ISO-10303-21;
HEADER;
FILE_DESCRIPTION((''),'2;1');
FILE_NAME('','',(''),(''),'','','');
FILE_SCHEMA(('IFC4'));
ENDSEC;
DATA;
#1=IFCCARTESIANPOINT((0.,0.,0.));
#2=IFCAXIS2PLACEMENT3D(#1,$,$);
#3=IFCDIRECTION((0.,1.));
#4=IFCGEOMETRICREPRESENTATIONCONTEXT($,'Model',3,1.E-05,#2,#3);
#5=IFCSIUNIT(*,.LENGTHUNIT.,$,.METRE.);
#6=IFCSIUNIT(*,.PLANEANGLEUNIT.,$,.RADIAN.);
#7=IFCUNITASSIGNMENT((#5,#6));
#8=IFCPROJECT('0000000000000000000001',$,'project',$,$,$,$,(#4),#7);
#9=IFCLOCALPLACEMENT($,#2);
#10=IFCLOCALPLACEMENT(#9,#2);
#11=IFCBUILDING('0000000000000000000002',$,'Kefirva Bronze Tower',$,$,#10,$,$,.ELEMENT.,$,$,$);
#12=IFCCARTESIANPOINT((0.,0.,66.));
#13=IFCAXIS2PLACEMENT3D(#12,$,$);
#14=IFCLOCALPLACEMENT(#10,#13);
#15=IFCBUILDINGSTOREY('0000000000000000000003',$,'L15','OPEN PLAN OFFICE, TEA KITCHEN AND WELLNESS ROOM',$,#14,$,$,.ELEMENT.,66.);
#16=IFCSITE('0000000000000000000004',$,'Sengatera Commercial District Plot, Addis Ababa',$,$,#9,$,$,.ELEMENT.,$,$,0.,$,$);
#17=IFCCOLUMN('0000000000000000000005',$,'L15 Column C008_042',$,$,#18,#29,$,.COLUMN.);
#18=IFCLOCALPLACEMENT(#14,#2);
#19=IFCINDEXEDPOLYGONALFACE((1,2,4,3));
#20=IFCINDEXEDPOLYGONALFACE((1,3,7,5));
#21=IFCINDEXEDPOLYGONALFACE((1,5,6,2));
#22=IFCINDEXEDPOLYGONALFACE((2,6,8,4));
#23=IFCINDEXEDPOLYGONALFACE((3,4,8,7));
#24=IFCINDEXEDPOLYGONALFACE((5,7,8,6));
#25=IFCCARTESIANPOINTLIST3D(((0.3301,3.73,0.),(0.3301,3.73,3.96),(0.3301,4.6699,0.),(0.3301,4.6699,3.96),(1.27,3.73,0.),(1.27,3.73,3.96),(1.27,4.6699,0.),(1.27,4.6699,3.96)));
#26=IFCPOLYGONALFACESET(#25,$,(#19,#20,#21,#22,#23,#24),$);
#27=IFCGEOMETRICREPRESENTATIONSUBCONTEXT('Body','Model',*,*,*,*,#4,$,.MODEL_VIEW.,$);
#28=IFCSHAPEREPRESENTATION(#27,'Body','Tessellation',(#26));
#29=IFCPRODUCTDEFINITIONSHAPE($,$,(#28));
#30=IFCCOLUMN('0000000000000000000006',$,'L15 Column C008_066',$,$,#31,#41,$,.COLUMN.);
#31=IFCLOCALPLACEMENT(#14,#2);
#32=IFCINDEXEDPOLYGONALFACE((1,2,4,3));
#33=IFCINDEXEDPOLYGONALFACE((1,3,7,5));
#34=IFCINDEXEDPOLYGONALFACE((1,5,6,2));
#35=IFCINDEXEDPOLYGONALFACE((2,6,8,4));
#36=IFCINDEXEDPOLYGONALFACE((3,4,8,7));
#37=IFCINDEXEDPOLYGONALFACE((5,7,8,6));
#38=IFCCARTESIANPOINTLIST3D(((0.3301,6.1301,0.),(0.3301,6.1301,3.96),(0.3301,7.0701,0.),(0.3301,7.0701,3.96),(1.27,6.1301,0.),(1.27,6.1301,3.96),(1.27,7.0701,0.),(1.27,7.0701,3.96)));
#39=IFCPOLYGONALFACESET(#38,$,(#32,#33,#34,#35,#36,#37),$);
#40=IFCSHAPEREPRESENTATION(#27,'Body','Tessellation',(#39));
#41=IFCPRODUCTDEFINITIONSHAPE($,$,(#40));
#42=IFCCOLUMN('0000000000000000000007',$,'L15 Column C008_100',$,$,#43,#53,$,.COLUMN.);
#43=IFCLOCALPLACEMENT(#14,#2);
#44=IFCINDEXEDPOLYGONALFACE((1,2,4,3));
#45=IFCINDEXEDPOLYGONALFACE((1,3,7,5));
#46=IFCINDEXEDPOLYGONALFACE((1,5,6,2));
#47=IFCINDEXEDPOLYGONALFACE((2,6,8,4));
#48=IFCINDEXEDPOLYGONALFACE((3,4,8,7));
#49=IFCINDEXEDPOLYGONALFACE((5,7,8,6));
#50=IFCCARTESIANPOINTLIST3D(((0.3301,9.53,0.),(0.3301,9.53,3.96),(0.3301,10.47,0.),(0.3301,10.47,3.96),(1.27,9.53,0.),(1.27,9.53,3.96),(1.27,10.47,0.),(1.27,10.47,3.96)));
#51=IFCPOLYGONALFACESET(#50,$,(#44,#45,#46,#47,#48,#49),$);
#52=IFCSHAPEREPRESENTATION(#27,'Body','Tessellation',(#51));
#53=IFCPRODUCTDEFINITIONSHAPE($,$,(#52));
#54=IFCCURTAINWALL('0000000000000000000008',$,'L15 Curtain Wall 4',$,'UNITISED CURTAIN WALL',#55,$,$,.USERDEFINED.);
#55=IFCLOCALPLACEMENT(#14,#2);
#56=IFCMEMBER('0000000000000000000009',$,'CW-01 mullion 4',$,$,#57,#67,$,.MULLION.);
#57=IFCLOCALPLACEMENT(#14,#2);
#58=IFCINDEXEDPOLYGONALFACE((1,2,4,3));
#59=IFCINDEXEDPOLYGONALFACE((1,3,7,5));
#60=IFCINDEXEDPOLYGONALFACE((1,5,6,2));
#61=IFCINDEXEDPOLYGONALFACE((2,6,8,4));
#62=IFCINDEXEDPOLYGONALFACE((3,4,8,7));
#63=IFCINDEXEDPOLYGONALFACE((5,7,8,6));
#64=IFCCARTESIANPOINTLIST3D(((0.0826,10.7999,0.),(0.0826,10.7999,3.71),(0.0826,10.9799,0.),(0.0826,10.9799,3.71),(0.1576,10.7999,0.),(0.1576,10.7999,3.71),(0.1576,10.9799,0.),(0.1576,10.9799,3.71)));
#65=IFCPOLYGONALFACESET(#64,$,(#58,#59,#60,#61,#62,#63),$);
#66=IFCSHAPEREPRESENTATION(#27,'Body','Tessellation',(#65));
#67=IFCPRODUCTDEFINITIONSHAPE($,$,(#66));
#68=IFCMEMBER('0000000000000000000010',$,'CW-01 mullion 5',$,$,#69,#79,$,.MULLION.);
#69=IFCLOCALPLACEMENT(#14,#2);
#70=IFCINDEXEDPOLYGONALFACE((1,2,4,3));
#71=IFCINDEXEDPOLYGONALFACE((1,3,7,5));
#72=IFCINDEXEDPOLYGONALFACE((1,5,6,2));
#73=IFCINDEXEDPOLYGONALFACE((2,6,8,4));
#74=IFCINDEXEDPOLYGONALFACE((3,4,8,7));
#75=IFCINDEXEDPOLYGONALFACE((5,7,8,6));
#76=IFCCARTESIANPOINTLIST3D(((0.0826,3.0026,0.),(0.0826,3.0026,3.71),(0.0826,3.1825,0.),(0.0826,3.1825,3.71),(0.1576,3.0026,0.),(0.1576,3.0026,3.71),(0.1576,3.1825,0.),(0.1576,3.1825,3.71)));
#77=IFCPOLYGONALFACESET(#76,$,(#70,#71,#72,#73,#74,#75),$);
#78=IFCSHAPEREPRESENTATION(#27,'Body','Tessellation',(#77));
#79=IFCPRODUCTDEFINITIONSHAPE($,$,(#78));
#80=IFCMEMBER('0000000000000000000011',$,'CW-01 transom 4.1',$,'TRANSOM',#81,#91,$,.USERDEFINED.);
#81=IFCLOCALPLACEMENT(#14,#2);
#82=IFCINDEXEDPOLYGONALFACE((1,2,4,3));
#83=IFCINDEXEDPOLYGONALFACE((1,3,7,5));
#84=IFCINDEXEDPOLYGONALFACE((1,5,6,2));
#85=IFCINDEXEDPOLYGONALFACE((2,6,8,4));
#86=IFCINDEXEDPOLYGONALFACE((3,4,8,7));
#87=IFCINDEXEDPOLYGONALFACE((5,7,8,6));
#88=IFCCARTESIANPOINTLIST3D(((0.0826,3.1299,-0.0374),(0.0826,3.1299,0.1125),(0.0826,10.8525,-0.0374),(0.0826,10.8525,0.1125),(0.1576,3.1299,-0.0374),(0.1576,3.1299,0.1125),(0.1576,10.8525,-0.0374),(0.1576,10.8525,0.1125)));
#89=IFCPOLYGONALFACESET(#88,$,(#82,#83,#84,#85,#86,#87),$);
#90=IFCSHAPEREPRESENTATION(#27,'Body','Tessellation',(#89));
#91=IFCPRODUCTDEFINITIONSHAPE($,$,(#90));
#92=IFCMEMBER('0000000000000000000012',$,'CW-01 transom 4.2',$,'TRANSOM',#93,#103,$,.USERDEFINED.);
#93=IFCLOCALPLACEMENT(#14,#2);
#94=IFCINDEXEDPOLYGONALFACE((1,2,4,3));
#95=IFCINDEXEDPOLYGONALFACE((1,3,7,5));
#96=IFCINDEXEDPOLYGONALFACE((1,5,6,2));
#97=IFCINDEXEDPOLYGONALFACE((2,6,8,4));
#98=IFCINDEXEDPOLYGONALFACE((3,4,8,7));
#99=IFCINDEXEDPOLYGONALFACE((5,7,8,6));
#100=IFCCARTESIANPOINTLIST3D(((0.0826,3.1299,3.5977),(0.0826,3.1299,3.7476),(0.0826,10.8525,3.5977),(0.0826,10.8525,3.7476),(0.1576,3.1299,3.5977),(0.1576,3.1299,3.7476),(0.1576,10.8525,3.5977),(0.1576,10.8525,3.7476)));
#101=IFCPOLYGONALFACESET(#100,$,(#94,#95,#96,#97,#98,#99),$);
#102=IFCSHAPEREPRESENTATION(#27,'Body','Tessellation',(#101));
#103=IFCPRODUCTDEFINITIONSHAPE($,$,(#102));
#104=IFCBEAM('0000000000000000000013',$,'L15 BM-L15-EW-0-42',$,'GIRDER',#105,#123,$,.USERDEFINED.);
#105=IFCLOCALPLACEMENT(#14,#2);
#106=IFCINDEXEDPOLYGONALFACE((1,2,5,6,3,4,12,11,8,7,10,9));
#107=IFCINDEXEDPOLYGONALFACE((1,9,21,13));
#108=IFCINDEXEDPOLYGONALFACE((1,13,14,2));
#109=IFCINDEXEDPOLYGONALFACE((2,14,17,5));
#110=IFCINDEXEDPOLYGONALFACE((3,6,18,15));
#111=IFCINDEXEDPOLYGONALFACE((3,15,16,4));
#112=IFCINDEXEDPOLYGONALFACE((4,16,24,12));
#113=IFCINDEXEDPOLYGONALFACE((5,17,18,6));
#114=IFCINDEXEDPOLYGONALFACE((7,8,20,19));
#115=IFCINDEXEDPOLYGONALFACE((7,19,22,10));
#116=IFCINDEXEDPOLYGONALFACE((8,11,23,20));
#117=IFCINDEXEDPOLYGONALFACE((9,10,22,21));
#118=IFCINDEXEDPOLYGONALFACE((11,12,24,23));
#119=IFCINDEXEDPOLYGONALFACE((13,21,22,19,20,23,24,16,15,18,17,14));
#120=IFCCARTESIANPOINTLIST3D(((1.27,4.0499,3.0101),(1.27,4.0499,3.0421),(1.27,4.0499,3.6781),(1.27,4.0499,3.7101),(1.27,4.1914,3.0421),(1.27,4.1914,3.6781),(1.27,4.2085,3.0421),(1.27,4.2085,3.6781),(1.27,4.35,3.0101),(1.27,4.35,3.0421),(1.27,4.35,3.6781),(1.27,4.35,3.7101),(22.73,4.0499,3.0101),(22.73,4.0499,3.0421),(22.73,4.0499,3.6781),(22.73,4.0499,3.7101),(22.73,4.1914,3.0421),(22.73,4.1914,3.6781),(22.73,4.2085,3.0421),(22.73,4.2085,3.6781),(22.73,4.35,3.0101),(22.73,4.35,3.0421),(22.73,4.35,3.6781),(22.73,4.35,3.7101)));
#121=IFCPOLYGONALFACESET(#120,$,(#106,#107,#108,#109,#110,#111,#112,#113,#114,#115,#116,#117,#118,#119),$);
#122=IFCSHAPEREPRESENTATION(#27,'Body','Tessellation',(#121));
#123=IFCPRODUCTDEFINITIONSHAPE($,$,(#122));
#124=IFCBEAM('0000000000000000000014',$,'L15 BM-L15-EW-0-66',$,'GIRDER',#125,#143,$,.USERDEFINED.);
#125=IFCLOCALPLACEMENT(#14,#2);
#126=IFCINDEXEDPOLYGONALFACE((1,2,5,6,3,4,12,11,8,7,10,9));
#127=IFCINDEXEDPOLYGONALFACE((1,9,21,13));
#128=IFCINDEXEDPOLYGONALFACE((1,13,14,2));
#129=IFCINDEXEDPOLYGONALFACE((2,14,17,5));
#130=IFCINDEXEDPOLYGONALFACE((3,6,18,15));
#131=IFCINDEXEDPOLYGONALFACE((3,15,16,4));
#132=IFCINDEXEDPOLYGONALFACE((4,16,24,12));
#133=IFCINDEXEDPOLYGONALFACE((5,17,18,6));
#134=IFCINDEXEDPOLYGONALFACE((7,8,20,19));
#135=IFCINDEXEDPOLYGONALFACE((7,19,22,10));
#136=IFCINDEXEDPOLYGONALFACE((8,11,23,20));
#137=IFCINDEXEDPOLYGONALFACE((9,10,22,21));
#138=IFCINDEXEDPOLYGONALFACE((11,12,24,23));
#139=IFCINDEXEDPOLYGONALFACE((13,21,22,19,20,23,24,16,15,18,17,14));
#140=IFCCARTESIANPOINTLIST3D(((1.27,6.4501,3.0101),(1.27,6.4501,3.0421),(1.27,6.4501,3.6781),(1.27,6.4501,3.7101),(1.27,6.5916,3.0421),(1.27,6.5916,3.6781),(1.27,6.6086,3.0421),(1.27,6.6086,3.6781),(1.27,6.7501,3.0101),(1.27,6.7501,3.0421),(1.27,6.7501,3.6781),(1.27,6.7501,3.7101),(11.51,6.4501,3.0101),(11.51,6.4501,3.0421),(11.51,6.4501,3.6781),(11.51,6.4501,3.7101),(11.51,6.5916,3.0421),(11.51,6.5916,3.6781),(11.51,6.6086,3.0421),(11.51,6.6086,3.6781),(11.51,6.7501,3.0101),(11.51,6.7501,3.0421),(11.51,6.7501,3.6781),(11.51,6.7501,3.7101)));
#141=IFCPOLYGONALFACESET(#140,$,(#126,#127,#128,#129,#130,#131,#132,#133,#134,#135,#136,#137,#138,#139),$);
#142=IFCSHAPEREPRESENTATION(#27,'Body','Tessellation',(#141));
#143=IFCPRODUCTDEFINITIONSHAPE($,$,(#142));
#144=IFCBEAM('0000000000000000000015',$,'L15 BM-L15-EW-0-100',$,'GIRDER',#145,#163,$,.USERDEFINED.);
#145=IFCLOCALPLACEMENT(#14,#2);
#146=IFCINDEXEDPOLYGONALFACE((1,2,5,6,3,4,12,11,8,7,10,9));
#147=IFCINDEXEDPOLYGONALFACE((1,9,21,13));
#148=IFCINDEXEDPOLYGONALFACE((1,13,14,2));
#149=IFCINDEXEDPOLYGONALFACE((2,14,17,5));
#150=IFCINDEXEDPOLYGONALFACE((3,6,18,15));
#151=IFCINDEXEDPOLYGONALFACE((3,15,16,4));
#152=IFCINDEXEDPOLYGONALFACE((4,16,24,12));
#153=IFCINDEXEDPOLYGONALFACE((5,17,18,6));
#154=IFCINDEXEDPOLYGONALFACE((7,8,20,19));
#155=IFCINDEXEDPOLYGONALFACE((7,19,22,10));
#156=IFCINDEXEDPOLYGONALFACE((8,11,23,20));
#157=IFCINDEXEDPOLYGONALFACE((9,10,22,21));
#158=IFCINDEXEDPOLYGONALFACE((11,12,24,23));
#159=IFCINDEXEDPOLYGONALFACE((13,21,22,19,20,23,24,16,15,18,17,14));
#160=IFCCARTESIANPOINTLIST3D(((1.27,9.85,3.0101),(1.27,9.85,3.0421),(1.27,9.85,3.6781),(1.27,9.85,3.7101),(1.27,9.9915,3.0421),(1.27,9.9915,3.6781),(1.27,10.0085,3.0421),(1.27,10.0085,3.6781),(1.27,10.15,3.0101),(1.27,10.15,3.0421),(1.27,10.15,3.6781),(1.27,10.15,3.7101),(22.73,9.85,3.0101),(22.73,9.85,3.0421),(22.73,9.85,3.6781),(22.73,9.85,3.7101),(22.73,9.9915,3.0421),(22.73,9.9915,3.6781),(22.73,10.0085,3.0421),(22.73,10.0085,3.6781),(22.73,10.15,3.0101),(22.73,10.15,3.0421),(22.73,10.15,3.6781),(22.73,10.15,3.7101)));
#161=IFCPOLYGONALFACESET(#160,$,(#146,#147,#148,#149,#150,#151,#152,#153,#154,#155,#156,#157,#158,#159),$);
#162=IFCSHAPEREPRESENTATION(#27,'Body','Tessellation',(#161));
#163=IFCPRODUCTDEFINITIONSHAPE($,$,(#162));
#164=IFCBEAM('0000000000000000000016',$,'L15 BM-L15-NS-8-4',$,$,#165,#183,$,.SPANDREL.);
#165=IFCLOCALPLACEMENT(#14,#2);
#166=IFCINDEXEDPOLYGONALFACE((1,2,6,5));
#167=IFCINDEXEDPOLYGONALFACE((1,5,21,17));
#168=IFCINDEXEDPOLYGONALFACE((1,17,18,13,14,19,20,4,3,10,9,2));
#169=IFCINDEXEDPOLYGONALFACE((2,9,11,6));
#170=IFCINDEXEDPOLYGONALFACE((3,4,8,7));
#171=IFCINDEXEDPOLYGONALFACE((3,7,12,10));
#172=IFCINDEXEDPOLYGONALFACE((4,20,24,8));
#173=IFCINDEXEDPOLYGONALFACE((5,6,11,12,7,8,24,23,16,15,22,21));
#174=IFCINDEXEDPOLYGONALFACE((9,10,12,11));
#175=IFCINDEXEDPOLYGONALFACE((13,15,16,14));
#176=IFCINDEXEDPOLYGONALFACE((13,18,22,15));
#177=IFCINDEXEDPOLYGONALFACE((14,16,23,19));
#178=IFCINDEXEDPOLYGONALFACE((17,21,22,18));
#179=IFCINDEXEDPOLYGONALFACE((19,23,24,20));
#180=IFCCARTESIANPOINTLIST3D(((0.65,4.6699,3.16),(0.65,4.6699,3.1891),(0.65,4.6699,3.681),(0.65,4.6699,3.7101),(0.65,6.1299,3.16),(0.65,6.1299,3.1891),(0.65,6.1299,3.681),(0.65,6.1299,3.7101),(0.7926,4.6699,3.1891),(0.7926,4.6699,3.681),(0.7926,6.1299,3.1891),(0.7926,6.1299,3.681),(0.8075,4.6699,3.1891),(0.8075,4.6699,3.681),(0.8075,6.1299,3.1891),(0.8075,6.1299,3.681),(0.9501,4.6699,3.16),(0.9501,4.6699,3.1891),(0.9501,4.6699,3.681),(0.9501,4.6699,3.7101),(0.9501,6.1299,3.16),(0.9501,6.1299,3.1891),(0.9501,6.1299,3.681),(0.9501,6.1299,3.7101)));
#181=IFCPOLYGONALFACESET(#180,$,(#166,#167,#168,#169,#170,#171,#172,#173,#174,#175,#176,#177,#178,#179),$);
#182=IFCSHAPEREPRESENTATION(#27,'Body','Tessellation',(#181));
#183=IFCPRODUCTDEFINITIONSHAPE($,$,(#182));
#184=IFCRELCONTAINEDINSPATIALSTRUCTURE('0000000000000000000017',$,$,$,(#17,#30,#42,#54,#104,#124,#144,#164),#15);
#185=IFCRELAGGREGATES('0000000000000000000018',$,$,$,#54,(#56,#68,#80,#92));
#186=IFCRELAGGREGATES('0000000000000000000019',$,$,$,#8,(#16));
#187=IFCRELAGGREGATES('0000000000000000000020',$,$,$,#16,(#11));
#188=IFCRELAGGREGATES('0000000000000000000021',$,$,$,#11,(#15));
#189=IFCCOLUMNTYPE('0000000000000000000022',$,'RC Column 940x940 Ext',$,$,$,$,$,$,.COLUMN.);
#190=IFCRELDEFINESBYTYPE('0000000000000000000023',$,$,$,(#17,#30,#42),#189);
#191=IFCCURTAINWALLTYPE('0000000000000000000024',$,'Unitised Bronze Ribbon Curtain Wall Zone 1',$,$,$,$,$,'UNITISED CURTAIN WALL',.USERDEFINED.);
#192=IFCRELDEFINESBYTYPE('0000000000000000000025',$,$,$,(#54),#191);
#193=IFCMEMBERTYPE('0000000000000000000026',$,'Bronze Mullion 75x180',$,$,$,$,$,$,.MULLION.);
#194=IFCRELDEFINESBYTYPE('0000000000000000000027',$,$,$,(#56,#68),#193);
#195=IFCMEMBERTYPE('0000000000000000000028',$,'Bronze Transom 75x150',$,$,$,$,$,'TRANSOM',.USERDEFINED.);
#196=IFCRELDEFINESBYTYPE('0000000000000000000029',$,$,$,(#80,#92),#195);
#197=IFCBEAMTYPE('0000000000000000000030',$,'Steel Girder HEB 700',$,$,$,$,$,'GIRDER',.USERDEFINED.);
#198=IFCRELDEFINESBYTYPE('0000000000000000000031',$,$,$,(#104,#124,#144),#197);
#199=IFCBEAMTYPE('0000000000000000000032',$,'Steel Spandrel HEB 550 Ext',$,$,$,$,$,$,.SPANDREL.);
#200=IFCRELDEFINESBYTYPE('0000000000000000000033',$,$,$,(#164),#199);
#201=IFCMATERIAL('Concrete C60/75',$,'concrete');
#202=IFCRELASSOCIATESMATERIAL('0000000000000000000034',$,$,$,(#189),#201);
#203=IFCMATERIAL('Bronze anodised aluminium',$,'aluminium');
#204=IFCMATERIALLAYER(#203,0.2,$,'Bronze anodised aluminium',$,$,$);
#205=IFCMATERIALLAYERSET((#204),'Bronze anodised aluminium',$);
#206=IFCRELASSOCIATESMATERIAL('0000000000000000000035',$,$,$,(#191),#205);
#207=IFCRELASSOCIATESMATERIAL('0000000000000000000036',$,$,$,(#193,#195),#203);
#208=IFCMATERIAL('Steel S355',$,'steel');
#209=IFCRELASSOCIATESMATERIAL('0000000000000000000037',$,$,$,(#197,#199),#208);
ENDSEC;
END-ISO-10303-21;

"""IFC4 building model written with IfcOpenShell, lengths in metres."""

from ifc_helpers import new_model, si_unit, direction, frame, origin, origin_2d, place, context, subcontext, project, spatial, rectangle, i_section, extrude, material, layer, layer_set, material_profile, profile_set, type_object, element, aggregate, save


model = new_model("IFC4")

# Units and contexts
model_context = context("Model", 3, precision=1e-05, world=origin(), true_north=direction((0.0, 1.0)))
body_context = subcontext(model_context, "Body", "Model", "MODEL_VIEW")
ifc_project = project(units=[si_unit("LENGTHUNIT", "METRE"), si_unit("PLANEANGLEUNIT", "RADIAN")], contexts=[model_context])

# Site, building, storey
site_placement = place(None, origin())
site = spatial("IfcSite", under=ifc_project, at=site_placement, Name="Sengatera Commercial District Plot, Addis Ababa", CompositionType="ELEMENT", RefElevation=0.0)
building_placement = place(site_placement, origin())
building = spatial("IfcBuilding", under=site, at=building_placement, Name="Kefirva Bronze Tower", CompositionType="ELEMENT")
storey_placement = place(building_placement, frame((0.0, 0.0, 66.0)))
storey = spatial("IfcBuildingStorey", under=building, at=storey_placement, Name="L15", Description="OPEN PLAN OFFICE, TEA KITCHEN AND WELLNESS ROOM", CompositionType="ELEMENT", Elevation=66.0)

# Columns
ifc_material_1 = material(Name="Concrete C60/75", Category="concrete")
ifc_material_profile_1 = material_profile(ifc_material_1, rectangle(XDim=0.9399, YDim=0.9399, at=origin_2d()), Name="RC 940x940")
ifc_profile_set_1 = profile_set([ifc_material_profile_1], Name="Concrete C60/75")
column_type = type_object("IfcColumnType", Name="RC Column 940x940 Ext", PredefinedType="COLUMN", material=ifc_profile_set_1)
for number, where, z_axis, x_axis, name in (
    (1, (0.8, 4.2, 0.0), (0.0, 0.0, 1.0), (1.0, 0.0, 0.0), "L15 Column C008_042"),
    (2, (0.8, 6.6001, 0.0), (0.0, 0.0, 1.0), (1.0, 0.0, 0.0), "L15 Column C008_066"),
    (3, (0.8, 10.0, 0.0), (0.0, 0.0, 1.0), (1.0, 0.0, 0.0), "L15 Column C008_100"),
):
    element("IfcColumn", number, at=place(storey_placement, frame(where, z_axis=z_axis, x_axis=x_axis)), inside=storey, type_object=column_type, Name=name, PredefinedType="COLUMN", context=body_context, shape_type="SweptSolid", body=[
        extrude(rectangle(XDim=0.9399, YDim=0.9399, at=origin_2d()), origin(), (0.0, 0.0, 1.0), 3.96),
    ])

# Curtain wall, members
ifc_material_2 = material(Name="Bronze anodised aluminium", Category="aluminium")
ifc_layer_1 = layer(ifc_material_2, 0.2, Name="Bronze anodised aluminium")
ifc_layer_set_1 = layer_set([ifc_layer_1], Name="Bronze anodised aluminium")
curtain_wall_type = type_object("IfcCurtainWallType", Name="Unitised Bronze Ribbon Curtain Wall Zone 1", ElementType="UNITISED CURTAIN WALL", PredefinedType="USERDEFINED", material=ifc_layer_set_1)
curtain_wall_placement = place(storey_placement, origin())
curtain_wall = element("IfcCurtainWall", 4, at=curtain_wall_placement, inside=storey, type_object=curtain_wall_type, Name="L15 Curtain Wall 4", ObjectType="UNITISED CURTAIN WALL", PredefinedType="USERDEFINED")
ifc_material_profile_2 = material_profile(ifc_material_2, rectangle(XDim=0.075, YDim=0.1799, at=origin_2d()), Name="ALU 75x180")
ifc_profile_set_2 = profile_set([ifc_material_profile_2], Name="Bronze anodised aluminium")
member_type_1 = type_object("IfcMemberType", Name="Bronze Mullion 75x180", PredefinedType="MULLION", material=ifc_profile_set_2)
member_1_placement = place(storey_placement, frame((0.1201, 10.8899, 0.0), z_axis=(0.0, 0.0, 1.0), x_axis=(1.0, 0.0, 0.0)))
member_1 = element("IfcMember", 5, at=member_1_placement, type_object=member_type_1, Name="CW-01 mullion 4", PredefinedType="MULLION", context=body_context, shape_type="SweptSolid", body=[
    extrude(rectangle(XDim=0.075, YDim=0.1799, at=origin_2d()), origin(), (0.0, 0.0, 1.0), 3.71),
])
member_2_placement = place(storey_placement, frame((0.1201, 3.0925, 0.0), z_axis=(0.0, 0.0, 1.0), x_axis=(1.0, 0.0, 0.0)))
member_2 = element("IfcMember", 6, at=member_2_placement, type_object=member_type_1, Name="CW-01 mullion 5", PredefinedType="MULLION", context=body_context, shape_type="SweptSolid", body=[
    extrude(rectangle(XDim=0.075, YDim=0.1799, at=origin_2d()), origin(), (0.0, 0.0, 1.0), 3.71),
])
ifc_material_profile_3 = material_profile(ifc_material_2, rectangle(XDim=0.075, YDim=0.1499, at=origin_2d()), Name="ALU 75x150")
ifc_profile_set_3 = profile_set([ifc_material_profile_3], Name="Bronze anodised aluminium")
member_type_2 = type_object("IfcMemberType", Name="Bronze Transom 75x150", ElementType="TRANSOM", PredefinedType="USERDEFINED", material=ifc_profile_set_3)
member_3_placement = place(storey_placement, frame((0.1201, 10.8525, 0.0376), z_axis=(0.0, -1.0, 0.0), x_axis=(1.0, 0.0, 0.0)))
member_3 = element("IfcMember", 7, at=member_3_placement, type_object=member_type_2, Name="CW-01 transom 4.1", ObjectType="TRANSOM", PredefinedType="USERDEFINED", context=body_context, shape_type="SweptSolid", body=[
    extrude(rectangle(XDim=0.075, YDim=0.1499, at=origin_2d()), origin(), (0.0, 0.0, 1.0), 7.7227),
])
member_4_placement = place(storey_placement, frame((0.1201, 10.8525, 3.6726), z_axis=(0.0, -1.0, 0.0), x_axis=(1.0, 0.0, 0.0)))
member_4 = element("IfcMember", 8, at=member_4_placement, type_object=member_type_2, Name="CW-01 transom 4.2", ObjectType="TRANSOM", PredefinedType="USERDEFINED", context=body_context, shape_type="SweptSolid", body=[
    extrude(rectangle(XDim=0.075, YDim=0.1499, at=origin_2d()), origin(), (0.0, 0.0, 1.0), 7.7227),
])

# Beams
ifc_material_3 = material(Name="Steel S355", Category="steel")
ifc_material_profile_4 = material_profile(ifc_material_3, i_section(OverallWidth=0.3, OverallDepth=0.7, WebThickness=0.0171, FlangeThickness=0.032, at=origin_2d()), Name="HEB 700")
ifc_profile_set_4 = profile_set([ifc_material_profile_4], Name="Steel S355")
beam_type_1 = type_object("IfcBeamType", Name="Steel Girder HEB 700", ElementType="GIRDER", PredefinedType="USERDEFINED", material=ifc_profile_set_4)
beam_1_placement = place(storey_placement, frame((1.27, 4.2, 3.3601), z_axis=(1.0, 0.0, 0.0), x_axis=(0.0, 1.0, 0.0)))
element("IfcBeam", 9, at=beam_1_placement, inside=storey, type_object=beam_type_1, Name="L15 BM-L15-EW-0-42", ObjectType="GIRDER", PredefinedType="USERDEFINED", context=body_context, shape_type="SweptSolid", body=[
    extrude(i_section(OverallWidth=0.3, OverallDepth=0.7, WebThickness=0.0171, FlangeThickness=0.032, at=origin_2d()), origin(), (0.0, 0.0, 1.0), 21.46),
])
beam_2_placement = place(storey_placement, frame((1.27, 6.6001, 3.3601), z_axis=(1.0, 0.0, 0.0), x_axis=(0.0, 1.0, 0.0)))
element("IfcBeam", 10, at=beam_2_placement, inside=storey, type_object=beam_type_1, Name="L15 BM-L15-EW-0-66", ObjectType="GIRDER", PredefinedType="USERDEFINED", context=body_context, shape_type="SweptSolid", body=[
    extrude(i_section(OverallWidth=0.3, OverallDepth=0.7, WebThickness=0.0171, FlangeThickness=0.032, at=origin_2d()), origin(), (0.0, 0.0, 1.0), 10.24),
])
beam_3_placement = place(storey_placement, frame((1.27, 10.0, 3.3601), z_axis=(1.0, 0.0, 0.0), x_axis=(0.0, 1.0, 0.0)))
element("IfcBeam", 11, at=beam_3_placement, inside=storey, type_object=beam_type_1, Name="L15 BM-L15-EW-0-100", ObjectType="GIRDER", PredefinedType="USERDEFINED", context=body_context, shape_type="SweptSolid", body=[
    extrude(i_section(OverallWidth=0.3, OverallDepth=0.7, WebThickness=0.0171, FlangeThickness=0.032, at=origin_2d()), origin(), (0.0, 0.0, 1.0), 21.46),
])
ifc_material_profile_5 = material_profile(ifc_material_3, i_section(OverallWidth=0.3, OverallDepth=0.55, WebThickness=0.0149, FlangeThickness=0.0291, at=origin_2d()), Name="HEB 550")
ifc_profile_set_5 = profile_set([ifc_material_profile_5], Name="Steel S355")
beam_type_2 = type_object("IfcBeamType", Name="Steel Spandrel HEB 550 Ext", PredefinedType="SPANDREL", material=ifc_profile_set_5)
beam_4_placement = place(storey_placement, frame((0.8, 4.6699, 3.4351), z_axis=(0.0, 1.0, 0.0), x_axis=(-1.0, 0.0, 0.0)))
element("IfcBeam", 12, at=beam_4_placement, inside=storey, type_object=beam_type_2, Name="L15 BM-L15-NS-8-4", PredefinedType="SPANDREL", context=body_context, shape_type="SweptSolid", body=[
    extrude(i_section(OverallWidth=0.3, OverallDepth=0.55, WebThickness=0.0149, FlangeThickness=0.0291, at=origin_2d()), origin(), (0.0, 0.0, 1.0), 1.46),
])

aggregate(curtain_wall, [member_1, member_2, member_3, member_4])

save(model, "model.ifc")
